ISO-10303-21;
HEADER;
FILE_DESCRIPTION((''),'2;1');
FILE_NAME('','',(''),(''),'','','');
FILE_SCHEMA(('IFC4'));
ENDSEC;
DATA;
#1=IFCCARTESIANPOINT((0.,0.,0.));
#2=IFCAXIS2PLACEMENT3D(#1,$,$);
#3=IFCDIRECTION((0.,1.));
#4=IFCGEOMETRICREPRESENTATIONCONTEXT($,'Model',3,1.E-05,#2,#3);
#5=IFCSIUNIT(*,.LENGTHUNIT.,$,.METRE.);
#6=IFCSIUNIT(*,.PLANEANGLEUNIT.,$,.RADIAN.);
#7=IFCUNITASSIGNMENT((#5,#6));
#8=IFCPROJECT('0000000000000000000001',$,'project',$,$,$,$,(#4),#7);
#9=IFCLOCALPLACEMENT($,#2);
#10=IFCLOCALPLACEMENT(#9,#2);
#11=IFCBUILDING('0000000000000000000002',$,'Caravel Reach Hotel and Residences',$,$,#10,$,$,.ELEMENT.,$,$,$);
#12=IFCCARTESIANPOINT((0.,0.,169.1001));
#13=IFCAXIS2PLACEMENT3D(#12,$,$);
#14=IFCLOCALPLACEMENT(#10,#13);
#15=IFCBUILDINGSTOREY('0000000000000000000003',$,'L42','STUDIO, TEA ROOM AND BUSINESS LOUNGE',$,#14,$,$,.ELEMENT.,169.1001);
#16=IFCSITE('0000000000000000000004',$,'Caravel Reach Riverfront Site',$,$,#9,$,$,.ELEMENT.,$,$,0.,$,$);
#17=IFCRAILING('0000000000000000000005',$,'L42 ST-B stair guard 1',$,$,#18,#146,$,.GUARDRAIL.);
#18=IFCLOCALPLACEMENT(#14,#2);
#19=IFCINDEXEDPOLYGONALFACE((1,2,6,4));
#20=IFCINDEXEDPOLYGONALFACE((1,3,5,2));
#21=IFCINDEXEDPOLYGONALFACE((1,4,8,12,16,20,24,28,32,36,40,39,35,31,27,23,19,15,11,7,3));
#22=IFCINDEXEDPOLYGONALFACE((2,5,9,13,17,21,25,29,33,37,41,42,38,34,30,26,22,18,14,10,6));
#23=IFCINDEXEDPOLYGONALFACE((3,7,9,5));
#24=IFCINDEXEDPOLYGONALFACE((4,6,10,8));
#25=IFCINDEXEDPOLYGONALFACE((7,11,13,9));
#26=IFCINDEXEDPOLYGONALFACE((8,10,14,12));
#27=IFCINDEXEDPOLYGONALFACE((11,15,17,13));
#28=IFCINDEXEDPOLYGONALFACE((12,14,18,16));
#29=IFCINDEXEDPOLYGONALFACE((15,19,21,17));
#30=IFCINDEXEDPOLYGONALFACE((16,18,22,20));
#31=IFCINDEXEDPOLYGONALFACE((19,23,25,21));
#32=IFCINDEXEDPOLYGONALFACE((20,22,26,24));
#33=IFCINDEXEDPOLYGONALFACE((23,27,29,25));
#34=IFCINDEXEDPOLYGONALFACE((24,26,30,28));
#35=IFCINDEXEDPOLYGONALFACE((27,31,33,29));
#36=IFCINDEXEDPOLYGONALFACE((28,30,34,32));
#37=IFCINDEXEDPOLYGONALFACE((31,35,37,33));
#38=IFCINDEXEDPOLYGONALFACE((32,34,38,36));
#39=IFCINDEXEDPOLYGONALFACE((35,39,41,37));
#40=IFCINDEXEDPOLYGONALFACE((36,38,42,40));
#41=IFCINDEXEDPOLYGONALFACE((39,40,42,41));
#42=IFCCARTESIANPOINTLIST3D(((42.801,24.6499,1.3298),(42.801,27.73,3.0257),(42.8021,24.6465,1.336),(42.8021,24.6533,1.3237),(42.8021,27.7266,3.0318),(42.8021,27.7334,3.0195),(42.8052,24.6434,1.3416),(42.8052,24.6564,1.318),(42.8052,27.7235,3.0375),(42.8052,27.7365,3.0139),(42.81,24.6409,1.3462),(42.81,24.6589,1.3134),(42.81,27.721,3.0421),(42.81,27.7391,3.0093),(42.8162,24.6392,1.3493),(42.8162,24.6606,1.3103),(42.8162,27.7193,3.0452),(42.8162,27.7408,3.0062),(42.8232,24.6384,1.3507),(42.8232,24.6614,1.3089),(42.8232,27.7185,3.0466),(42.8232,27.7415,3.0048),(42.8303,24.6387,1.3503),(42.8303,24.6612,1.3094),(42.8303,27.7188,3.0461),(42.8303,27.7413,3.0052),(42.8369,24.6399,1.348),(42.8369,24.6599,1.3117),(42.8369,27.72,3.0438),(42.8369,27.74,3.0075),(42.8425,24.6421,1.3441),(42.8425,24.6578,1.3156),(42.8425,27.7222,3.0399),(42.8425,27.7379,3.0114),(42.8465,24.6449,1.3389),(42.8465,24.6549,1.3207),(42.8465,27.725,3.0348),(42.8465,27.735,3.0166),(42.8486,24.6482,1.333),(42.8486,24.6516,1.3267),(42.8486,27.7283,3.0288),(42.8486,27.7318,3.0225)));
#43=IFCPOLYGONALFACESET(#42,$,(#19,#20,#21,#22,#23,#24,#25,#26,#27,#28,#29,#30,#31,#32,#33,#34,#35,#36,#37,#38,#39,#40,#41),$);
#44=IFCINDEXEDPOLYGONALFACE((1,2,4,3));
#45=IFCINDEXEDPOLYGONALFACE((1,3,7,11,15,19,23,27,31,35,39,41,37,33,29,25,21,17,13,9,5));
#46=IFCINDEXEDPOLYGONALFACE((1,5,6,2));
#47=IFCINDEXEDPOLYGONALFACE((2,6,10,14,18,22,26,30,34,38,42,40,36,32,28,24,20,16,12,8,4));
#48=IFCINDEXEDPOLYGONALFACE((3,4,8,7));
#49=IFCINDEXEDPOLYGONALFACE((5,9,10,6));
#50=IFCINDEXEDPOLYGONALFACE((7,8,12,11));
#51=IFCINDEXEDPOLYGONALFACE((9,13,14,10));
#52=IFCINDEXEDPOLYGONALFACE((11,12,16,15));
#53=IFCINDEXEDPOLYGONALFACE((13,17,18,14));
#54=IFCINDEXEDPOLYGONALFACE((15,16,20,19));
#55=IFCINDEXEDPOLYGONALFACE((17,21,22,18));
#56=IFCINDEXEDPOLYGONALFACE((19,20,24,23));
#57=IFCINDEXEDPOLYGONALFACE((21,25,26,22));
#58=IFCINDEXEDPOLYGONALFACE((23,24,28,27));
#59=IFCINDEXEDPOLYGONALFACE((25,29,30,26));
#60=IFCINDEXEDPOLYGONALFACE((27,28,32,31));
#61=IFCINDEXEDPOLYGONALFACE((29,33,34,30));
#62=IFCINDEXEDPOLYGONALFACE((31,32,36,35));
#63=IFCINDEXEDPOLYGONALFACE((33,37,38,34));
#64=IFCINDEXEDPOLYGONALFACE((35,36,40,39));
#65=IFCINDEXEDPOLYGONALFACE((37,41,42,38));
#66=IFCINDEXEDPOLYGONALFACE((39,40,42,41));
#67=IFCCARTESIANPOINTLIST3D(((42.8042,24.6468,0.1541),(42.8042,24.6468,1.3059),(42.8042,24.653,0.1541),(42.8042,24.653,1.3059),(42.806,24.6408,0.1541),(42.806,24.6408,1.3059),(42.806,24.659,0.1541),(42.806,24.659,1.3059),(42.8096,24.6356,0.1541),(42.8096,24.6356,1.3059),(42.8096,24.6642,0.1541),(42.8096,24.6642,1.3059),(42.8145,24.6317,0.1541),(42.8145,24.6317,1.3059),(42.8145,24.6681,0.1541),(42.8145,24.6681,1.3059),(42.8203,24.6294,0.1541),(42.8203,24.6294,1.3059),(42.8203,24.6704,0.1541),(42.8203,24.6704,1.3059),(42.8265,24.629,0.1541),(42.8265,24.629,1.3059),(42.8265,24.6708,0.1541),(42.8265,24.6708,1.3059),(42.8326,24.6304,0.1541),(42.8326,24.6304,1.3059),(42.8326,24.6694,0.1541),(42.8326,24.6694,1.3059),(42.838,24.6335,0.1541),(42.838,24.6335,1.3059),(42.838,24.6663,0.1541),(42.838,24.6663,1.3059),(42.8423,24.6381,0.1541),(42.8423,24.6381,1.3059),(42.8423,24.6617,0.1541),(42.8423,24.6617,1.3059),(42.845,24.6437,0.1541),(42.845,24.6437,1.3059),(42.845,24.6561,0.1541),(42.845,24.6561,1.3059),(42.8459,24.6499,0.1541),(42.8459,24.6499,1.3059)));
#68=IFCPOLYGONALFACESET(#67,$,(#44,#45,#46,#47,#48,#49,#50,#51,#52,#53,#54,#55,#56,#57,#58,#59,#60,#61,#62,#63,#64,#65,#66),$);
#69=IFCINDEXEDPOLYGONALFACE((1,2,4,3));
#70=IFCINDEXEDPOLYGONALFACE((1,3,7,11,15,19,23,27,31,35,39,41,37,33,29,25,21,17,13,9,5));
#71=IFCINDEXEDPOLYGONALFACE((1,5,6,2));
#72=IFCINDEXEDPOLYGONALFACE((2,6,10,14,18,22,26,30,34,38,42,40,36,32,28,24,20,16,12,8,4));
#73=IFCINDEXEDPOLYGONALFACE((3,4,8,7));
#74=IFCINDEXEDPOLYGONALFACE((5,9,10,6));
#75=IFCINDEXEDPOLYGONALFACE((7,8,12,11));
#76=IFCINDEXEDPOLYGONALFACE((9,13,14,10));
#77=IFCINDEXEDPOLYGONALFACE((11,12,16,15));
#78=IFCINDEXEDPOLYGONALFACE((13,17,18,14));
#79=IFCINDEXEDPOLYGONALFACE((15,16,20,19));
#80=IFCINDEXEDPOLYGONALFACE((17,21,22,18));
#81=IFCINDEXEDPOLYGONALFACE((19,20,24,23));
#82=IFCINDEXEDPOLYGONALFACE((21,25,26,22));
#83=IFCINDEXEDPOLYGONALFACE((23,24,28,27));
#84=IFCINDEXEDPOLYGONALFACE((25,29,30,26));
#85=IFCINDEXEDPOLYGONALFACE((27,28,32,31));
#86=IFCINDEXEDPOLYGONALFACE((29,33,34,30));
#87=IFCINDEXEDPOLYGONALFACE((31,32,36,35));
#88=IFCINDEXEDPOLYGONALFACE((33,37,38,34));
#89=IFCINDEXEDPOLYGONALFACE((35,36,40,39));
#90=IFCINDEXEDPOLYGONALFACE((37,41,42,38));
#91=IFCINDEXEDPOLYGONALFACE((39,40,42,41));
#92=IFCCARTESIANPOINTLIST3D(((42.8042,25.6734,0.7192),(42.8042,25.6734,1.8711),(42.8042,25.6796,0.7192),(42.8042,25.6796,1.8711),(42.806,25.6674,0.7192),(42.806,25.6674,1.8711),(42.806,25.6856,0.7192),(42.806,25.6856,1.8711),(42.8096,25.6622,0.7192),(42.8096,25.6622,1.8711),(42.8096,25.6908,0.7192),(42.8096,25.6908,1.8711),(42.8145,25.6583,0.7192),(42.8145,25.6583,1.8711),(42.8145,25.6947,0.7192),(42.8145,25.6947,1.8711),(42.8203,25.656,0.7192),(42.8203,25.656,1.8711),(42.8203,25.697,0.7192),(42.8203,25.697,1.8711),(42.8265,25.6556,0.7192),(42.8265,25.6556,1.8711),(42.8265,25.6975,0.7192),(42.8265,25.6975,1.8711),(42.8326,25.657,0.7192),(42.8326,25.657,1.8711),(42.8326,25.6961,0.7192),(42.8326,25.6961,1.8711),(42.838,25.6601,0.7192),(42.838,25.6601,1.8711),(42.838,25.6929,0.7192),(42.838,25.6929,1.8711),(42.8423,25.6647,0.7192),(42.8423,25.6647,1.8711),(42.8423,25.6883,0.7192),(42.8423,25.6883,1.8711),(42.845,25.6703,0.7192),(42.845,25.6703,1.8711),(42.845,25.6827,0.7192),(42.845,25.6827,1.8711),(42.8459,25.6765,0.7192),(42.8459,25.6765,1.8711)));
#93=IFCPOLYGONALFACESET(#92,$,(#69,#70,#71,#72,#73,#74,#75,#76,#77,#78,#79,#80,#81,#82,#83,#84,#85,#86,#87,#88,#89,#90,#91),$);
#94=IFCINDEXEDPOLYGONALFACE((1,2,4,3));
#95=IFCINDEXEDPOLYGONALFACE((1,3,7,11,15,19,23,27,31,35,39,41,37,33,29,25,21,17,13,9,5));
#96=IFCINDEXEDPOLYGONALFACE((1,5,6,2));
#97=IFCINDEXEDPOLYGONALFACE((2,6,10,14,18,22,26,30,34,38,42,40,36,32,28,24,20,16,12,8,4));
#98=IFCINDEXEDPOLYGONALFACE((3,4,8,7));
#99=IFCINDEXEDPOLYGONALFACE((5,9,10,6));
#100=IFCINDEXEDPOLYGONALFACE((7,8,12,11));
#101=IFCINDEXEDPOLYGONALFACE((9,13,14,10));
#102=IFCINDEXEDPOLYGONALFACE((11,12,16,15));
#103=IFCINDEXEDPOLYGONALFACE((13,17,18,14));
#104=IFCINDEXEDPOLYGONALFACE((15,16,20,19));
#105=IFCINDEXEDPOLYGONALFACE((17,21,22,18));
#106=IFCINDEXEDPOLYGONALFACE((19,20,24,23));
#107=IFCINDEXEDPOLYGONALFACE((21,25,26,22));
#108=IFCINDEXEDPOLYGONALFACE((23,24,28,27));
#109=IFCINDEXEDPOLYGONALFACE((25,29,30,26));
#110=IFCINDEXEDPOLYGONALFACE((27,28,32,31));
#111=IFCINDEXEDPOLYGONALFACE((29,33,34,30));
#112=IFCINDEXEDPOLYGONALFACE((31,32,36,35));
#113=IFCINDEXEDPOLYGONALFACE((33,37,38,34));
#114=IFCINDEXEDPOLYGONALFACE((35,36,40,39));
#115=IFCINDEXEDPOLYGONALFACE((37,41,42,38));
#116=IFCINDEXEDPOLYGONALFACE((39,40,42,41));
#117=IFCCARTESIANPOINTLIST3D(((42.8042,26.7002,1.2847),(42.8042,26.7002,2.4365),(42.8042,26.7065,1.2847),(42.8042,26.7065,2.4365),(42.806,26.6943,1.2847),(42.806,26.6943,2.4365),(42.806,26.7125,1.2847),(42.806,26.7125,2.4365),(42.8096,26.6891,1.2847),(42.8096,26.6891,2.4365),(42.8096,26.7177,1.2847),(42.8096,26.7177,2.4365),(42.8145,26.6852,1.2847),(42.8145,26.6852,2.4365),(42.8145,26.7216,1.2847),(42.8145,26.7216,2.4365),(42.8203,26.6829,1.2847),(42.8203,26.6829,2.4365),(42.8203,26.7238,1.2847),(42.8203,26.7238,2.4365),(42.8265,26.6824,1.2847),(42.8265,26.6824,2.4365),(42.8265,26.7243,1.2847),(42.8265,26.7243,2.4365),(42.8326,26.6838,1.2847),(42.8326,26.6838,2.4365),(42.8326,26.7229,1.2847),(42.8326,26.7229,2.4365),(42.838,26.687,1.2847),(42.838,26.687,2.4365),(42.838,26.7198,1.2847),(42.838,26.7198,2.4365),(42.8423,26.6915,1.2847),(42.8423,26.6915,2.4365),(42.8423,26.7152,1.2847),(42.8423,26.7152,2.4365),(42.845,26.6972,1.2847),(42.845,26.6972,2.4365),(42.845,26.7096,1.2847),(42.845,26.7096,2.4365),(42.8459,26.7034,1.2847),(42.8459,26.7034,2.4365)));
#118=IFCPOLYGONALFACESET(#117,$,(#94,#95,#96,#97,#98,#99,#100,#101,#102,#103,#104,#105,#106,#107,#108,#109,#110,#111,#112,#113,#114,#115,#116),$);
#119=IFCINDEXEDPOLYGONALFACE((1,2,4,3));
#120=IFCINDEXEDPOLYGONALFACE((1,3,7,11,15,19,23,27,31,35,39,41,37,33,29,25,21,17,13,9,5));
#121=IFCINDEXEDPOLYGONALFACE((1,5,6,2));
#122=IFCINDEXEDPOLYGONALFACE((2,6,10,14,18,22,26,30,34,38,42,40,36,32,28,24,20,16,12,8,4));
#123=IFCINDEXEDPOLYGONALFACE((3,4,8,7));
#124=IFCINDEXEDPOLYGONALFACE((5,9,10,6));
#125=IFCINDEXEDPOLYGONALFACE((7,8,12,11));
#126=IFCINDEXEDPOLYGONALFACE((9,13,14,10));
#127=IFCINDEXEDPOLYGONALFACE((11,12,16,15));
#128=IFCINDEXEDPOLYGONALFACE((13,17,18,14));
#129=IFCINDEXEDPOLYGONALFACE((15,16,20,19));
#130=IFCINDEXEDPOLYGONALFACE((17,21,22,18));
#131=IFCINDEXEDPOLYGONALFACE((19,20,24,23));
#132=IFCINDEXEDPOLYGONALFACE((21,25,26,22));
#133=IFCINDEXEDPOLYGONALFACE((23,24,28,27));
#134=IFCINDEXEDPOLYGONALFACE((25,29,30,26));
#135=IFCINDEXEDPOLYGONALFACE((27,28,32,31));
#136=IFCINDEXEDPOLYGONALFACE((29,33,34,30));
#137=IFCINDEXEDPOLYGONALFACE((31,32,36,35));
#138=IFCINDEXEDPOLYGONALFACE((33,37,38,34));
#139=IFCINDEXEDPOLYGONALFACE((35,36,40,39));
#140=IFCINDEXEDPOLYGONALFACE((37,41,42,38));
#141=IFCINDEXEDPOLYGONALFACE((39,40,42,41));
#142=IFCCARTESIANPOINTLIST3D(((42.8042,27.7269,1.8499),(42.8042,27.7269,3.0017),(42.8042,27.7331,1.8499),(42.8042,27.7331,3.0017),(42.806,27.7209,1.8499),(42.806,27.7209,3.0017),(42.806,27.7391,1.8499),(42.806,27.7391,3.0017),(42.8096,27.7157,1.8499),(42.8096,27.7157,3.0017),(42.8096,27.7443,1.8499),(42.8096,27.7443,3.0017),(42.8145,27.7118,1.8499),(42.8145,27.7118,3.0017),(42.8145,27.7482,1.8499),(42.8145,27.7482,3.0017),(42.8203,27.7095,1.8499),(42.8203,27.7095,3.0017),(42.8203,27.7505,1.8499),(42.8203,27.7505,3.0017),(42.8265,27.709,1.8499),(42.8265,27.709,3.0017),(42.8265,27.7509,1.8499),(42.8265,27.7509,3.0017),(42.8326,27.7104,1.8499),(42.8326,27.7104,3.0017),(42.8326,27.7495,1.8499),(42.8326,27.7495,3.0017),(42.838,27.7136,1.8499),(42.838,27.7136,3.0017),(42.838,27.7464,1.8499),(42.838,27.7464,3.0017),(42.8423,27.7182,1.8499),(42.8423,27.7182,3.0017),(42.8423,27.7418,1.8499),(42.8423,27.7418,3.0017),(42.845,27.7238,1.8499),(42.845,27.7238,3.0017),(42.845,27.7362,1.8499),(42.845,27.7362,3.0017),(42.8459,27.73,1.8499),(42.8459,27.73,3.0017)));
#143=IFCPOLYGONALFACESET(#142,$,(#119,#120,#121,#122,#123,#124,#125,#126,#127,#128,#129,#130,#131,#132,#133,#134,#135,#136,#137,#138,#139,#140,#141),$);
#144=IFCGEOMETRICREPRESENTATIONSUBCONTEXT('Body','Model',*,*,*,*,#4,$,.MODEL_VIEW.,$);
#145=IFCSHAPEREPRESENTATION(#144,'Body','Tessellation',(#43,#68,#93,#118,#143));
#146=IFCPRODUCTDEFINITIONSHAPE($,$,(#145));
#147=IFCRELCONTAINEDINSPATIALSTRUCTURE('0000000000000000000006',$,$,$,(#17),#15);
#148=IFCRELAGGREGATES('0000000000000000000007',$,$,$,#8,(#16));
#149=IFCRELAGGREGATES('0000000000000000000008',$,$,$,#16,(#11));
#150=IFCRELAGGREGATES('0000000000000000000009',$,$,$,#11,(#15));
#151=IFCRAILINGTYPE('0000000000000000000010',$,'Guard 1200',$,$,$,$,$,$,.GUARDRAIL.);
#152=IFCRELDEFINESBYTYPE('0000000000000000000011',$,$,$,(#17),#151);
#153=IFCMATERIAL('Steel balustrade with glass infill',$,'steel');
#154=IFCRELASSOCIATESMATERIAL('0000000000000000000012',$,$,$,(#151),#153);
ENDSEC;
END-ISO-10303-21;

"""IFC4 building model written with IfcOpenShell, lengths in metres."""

from ifc_helpers import new_model, si_unit, direction, frame, origin, origin_2d, place, context, subcontext, project, spatial, circle, extrude, material, type_object, element, save


model = new_model("IFC4")

# Units and contexts
model_context = context("Model", 3, precision=1e-05, world=origin(), true_north=direction((0.0, 1.0)))
body_context = subcontext(model_context, "Body", "Model", "MODEL_VIEW")
ifc_project = project(units=[si_unit("LENGTHUNIT", "METRE"), si_unit("PLANEANGLEUNIT", "RADIAN")], contexts=[model_context])

# Site, building, storey
site_placement = place(None, origin())
site = spatial("IfcSite", under=ifc_project, at=site_placement, Name="Caravel Reach Riverfront Site", CompositionType="ELEMENT", RefElevation=0.0)
building_placement = place(site_placement, origin())
building = spatial("IfcBuilding", under=site, at=building_placement, Name="Caravel Reach Hotel and Residences", CompositionType="ELEMENT")
storey_placement = place(building_placement, frame((0.0, 0.0, 169.1001)))
storey = spatial("IfcBuildingStorey", under=building, at=storey_placement, Name="L42", Description="STUDIO, TEA ROOM AND BUSINESS LOUNGE", CompositionType="ELEMENT", Elevation=169.1001)

# Railing
ifc_material_1 = material(Name="Steel balustrade with glass infill", Category="steel")
railing_type_1 = type_object("IfcRailingType", Name="Guard 1200", PredefinedType="GUARDRAIL", material=ifc_material_1)
railing_1_placement = place(storey_placement, frame((42.825, 24.6499, 0.1541)))
element("IfcRailing", 1, at=railing_1_placement, inside=storey, type_object=railing_type_1, Name="L42 ST-B stair guard 1", PredefinedType="GUARDRAIL", context=body_context, shape_type="SweptSolid", body=[
    extrude(circle(Radius=0.0239, at=origin_2d()), frame((0.0, 0.0, 1.1758), z_axis=(0.0, 0.876005, 0.482303), x_axis=(-1.0, 0.0, 0.0)), (0.0, 0.0, 1.0), 3.5161),
    extrude(circle(Radius=0.021, at=origin_2d()), origin(), (0.0, 0.0, 1.0), 1.1519),
    extrude(circle(Radius=0.021, at=origin_2d()), frame((0.0, 1.0266, 0.5652)), (0.0, 0.0, 1.0), 1.1519),
    extrude(circle(Radius=0.021, at=origin_2d()), frame((0.0, 2.0535, 1.1306)), (0.0, 0.0, 1.0), 1.1519),
    extrude(circle(Radius=0.021, at=origin_2d()), frame((0.0, 3.0801, 1.6958)), (0.0, 0.0, 1.0), 1.1519),
])

save(model, "model.ifc")
